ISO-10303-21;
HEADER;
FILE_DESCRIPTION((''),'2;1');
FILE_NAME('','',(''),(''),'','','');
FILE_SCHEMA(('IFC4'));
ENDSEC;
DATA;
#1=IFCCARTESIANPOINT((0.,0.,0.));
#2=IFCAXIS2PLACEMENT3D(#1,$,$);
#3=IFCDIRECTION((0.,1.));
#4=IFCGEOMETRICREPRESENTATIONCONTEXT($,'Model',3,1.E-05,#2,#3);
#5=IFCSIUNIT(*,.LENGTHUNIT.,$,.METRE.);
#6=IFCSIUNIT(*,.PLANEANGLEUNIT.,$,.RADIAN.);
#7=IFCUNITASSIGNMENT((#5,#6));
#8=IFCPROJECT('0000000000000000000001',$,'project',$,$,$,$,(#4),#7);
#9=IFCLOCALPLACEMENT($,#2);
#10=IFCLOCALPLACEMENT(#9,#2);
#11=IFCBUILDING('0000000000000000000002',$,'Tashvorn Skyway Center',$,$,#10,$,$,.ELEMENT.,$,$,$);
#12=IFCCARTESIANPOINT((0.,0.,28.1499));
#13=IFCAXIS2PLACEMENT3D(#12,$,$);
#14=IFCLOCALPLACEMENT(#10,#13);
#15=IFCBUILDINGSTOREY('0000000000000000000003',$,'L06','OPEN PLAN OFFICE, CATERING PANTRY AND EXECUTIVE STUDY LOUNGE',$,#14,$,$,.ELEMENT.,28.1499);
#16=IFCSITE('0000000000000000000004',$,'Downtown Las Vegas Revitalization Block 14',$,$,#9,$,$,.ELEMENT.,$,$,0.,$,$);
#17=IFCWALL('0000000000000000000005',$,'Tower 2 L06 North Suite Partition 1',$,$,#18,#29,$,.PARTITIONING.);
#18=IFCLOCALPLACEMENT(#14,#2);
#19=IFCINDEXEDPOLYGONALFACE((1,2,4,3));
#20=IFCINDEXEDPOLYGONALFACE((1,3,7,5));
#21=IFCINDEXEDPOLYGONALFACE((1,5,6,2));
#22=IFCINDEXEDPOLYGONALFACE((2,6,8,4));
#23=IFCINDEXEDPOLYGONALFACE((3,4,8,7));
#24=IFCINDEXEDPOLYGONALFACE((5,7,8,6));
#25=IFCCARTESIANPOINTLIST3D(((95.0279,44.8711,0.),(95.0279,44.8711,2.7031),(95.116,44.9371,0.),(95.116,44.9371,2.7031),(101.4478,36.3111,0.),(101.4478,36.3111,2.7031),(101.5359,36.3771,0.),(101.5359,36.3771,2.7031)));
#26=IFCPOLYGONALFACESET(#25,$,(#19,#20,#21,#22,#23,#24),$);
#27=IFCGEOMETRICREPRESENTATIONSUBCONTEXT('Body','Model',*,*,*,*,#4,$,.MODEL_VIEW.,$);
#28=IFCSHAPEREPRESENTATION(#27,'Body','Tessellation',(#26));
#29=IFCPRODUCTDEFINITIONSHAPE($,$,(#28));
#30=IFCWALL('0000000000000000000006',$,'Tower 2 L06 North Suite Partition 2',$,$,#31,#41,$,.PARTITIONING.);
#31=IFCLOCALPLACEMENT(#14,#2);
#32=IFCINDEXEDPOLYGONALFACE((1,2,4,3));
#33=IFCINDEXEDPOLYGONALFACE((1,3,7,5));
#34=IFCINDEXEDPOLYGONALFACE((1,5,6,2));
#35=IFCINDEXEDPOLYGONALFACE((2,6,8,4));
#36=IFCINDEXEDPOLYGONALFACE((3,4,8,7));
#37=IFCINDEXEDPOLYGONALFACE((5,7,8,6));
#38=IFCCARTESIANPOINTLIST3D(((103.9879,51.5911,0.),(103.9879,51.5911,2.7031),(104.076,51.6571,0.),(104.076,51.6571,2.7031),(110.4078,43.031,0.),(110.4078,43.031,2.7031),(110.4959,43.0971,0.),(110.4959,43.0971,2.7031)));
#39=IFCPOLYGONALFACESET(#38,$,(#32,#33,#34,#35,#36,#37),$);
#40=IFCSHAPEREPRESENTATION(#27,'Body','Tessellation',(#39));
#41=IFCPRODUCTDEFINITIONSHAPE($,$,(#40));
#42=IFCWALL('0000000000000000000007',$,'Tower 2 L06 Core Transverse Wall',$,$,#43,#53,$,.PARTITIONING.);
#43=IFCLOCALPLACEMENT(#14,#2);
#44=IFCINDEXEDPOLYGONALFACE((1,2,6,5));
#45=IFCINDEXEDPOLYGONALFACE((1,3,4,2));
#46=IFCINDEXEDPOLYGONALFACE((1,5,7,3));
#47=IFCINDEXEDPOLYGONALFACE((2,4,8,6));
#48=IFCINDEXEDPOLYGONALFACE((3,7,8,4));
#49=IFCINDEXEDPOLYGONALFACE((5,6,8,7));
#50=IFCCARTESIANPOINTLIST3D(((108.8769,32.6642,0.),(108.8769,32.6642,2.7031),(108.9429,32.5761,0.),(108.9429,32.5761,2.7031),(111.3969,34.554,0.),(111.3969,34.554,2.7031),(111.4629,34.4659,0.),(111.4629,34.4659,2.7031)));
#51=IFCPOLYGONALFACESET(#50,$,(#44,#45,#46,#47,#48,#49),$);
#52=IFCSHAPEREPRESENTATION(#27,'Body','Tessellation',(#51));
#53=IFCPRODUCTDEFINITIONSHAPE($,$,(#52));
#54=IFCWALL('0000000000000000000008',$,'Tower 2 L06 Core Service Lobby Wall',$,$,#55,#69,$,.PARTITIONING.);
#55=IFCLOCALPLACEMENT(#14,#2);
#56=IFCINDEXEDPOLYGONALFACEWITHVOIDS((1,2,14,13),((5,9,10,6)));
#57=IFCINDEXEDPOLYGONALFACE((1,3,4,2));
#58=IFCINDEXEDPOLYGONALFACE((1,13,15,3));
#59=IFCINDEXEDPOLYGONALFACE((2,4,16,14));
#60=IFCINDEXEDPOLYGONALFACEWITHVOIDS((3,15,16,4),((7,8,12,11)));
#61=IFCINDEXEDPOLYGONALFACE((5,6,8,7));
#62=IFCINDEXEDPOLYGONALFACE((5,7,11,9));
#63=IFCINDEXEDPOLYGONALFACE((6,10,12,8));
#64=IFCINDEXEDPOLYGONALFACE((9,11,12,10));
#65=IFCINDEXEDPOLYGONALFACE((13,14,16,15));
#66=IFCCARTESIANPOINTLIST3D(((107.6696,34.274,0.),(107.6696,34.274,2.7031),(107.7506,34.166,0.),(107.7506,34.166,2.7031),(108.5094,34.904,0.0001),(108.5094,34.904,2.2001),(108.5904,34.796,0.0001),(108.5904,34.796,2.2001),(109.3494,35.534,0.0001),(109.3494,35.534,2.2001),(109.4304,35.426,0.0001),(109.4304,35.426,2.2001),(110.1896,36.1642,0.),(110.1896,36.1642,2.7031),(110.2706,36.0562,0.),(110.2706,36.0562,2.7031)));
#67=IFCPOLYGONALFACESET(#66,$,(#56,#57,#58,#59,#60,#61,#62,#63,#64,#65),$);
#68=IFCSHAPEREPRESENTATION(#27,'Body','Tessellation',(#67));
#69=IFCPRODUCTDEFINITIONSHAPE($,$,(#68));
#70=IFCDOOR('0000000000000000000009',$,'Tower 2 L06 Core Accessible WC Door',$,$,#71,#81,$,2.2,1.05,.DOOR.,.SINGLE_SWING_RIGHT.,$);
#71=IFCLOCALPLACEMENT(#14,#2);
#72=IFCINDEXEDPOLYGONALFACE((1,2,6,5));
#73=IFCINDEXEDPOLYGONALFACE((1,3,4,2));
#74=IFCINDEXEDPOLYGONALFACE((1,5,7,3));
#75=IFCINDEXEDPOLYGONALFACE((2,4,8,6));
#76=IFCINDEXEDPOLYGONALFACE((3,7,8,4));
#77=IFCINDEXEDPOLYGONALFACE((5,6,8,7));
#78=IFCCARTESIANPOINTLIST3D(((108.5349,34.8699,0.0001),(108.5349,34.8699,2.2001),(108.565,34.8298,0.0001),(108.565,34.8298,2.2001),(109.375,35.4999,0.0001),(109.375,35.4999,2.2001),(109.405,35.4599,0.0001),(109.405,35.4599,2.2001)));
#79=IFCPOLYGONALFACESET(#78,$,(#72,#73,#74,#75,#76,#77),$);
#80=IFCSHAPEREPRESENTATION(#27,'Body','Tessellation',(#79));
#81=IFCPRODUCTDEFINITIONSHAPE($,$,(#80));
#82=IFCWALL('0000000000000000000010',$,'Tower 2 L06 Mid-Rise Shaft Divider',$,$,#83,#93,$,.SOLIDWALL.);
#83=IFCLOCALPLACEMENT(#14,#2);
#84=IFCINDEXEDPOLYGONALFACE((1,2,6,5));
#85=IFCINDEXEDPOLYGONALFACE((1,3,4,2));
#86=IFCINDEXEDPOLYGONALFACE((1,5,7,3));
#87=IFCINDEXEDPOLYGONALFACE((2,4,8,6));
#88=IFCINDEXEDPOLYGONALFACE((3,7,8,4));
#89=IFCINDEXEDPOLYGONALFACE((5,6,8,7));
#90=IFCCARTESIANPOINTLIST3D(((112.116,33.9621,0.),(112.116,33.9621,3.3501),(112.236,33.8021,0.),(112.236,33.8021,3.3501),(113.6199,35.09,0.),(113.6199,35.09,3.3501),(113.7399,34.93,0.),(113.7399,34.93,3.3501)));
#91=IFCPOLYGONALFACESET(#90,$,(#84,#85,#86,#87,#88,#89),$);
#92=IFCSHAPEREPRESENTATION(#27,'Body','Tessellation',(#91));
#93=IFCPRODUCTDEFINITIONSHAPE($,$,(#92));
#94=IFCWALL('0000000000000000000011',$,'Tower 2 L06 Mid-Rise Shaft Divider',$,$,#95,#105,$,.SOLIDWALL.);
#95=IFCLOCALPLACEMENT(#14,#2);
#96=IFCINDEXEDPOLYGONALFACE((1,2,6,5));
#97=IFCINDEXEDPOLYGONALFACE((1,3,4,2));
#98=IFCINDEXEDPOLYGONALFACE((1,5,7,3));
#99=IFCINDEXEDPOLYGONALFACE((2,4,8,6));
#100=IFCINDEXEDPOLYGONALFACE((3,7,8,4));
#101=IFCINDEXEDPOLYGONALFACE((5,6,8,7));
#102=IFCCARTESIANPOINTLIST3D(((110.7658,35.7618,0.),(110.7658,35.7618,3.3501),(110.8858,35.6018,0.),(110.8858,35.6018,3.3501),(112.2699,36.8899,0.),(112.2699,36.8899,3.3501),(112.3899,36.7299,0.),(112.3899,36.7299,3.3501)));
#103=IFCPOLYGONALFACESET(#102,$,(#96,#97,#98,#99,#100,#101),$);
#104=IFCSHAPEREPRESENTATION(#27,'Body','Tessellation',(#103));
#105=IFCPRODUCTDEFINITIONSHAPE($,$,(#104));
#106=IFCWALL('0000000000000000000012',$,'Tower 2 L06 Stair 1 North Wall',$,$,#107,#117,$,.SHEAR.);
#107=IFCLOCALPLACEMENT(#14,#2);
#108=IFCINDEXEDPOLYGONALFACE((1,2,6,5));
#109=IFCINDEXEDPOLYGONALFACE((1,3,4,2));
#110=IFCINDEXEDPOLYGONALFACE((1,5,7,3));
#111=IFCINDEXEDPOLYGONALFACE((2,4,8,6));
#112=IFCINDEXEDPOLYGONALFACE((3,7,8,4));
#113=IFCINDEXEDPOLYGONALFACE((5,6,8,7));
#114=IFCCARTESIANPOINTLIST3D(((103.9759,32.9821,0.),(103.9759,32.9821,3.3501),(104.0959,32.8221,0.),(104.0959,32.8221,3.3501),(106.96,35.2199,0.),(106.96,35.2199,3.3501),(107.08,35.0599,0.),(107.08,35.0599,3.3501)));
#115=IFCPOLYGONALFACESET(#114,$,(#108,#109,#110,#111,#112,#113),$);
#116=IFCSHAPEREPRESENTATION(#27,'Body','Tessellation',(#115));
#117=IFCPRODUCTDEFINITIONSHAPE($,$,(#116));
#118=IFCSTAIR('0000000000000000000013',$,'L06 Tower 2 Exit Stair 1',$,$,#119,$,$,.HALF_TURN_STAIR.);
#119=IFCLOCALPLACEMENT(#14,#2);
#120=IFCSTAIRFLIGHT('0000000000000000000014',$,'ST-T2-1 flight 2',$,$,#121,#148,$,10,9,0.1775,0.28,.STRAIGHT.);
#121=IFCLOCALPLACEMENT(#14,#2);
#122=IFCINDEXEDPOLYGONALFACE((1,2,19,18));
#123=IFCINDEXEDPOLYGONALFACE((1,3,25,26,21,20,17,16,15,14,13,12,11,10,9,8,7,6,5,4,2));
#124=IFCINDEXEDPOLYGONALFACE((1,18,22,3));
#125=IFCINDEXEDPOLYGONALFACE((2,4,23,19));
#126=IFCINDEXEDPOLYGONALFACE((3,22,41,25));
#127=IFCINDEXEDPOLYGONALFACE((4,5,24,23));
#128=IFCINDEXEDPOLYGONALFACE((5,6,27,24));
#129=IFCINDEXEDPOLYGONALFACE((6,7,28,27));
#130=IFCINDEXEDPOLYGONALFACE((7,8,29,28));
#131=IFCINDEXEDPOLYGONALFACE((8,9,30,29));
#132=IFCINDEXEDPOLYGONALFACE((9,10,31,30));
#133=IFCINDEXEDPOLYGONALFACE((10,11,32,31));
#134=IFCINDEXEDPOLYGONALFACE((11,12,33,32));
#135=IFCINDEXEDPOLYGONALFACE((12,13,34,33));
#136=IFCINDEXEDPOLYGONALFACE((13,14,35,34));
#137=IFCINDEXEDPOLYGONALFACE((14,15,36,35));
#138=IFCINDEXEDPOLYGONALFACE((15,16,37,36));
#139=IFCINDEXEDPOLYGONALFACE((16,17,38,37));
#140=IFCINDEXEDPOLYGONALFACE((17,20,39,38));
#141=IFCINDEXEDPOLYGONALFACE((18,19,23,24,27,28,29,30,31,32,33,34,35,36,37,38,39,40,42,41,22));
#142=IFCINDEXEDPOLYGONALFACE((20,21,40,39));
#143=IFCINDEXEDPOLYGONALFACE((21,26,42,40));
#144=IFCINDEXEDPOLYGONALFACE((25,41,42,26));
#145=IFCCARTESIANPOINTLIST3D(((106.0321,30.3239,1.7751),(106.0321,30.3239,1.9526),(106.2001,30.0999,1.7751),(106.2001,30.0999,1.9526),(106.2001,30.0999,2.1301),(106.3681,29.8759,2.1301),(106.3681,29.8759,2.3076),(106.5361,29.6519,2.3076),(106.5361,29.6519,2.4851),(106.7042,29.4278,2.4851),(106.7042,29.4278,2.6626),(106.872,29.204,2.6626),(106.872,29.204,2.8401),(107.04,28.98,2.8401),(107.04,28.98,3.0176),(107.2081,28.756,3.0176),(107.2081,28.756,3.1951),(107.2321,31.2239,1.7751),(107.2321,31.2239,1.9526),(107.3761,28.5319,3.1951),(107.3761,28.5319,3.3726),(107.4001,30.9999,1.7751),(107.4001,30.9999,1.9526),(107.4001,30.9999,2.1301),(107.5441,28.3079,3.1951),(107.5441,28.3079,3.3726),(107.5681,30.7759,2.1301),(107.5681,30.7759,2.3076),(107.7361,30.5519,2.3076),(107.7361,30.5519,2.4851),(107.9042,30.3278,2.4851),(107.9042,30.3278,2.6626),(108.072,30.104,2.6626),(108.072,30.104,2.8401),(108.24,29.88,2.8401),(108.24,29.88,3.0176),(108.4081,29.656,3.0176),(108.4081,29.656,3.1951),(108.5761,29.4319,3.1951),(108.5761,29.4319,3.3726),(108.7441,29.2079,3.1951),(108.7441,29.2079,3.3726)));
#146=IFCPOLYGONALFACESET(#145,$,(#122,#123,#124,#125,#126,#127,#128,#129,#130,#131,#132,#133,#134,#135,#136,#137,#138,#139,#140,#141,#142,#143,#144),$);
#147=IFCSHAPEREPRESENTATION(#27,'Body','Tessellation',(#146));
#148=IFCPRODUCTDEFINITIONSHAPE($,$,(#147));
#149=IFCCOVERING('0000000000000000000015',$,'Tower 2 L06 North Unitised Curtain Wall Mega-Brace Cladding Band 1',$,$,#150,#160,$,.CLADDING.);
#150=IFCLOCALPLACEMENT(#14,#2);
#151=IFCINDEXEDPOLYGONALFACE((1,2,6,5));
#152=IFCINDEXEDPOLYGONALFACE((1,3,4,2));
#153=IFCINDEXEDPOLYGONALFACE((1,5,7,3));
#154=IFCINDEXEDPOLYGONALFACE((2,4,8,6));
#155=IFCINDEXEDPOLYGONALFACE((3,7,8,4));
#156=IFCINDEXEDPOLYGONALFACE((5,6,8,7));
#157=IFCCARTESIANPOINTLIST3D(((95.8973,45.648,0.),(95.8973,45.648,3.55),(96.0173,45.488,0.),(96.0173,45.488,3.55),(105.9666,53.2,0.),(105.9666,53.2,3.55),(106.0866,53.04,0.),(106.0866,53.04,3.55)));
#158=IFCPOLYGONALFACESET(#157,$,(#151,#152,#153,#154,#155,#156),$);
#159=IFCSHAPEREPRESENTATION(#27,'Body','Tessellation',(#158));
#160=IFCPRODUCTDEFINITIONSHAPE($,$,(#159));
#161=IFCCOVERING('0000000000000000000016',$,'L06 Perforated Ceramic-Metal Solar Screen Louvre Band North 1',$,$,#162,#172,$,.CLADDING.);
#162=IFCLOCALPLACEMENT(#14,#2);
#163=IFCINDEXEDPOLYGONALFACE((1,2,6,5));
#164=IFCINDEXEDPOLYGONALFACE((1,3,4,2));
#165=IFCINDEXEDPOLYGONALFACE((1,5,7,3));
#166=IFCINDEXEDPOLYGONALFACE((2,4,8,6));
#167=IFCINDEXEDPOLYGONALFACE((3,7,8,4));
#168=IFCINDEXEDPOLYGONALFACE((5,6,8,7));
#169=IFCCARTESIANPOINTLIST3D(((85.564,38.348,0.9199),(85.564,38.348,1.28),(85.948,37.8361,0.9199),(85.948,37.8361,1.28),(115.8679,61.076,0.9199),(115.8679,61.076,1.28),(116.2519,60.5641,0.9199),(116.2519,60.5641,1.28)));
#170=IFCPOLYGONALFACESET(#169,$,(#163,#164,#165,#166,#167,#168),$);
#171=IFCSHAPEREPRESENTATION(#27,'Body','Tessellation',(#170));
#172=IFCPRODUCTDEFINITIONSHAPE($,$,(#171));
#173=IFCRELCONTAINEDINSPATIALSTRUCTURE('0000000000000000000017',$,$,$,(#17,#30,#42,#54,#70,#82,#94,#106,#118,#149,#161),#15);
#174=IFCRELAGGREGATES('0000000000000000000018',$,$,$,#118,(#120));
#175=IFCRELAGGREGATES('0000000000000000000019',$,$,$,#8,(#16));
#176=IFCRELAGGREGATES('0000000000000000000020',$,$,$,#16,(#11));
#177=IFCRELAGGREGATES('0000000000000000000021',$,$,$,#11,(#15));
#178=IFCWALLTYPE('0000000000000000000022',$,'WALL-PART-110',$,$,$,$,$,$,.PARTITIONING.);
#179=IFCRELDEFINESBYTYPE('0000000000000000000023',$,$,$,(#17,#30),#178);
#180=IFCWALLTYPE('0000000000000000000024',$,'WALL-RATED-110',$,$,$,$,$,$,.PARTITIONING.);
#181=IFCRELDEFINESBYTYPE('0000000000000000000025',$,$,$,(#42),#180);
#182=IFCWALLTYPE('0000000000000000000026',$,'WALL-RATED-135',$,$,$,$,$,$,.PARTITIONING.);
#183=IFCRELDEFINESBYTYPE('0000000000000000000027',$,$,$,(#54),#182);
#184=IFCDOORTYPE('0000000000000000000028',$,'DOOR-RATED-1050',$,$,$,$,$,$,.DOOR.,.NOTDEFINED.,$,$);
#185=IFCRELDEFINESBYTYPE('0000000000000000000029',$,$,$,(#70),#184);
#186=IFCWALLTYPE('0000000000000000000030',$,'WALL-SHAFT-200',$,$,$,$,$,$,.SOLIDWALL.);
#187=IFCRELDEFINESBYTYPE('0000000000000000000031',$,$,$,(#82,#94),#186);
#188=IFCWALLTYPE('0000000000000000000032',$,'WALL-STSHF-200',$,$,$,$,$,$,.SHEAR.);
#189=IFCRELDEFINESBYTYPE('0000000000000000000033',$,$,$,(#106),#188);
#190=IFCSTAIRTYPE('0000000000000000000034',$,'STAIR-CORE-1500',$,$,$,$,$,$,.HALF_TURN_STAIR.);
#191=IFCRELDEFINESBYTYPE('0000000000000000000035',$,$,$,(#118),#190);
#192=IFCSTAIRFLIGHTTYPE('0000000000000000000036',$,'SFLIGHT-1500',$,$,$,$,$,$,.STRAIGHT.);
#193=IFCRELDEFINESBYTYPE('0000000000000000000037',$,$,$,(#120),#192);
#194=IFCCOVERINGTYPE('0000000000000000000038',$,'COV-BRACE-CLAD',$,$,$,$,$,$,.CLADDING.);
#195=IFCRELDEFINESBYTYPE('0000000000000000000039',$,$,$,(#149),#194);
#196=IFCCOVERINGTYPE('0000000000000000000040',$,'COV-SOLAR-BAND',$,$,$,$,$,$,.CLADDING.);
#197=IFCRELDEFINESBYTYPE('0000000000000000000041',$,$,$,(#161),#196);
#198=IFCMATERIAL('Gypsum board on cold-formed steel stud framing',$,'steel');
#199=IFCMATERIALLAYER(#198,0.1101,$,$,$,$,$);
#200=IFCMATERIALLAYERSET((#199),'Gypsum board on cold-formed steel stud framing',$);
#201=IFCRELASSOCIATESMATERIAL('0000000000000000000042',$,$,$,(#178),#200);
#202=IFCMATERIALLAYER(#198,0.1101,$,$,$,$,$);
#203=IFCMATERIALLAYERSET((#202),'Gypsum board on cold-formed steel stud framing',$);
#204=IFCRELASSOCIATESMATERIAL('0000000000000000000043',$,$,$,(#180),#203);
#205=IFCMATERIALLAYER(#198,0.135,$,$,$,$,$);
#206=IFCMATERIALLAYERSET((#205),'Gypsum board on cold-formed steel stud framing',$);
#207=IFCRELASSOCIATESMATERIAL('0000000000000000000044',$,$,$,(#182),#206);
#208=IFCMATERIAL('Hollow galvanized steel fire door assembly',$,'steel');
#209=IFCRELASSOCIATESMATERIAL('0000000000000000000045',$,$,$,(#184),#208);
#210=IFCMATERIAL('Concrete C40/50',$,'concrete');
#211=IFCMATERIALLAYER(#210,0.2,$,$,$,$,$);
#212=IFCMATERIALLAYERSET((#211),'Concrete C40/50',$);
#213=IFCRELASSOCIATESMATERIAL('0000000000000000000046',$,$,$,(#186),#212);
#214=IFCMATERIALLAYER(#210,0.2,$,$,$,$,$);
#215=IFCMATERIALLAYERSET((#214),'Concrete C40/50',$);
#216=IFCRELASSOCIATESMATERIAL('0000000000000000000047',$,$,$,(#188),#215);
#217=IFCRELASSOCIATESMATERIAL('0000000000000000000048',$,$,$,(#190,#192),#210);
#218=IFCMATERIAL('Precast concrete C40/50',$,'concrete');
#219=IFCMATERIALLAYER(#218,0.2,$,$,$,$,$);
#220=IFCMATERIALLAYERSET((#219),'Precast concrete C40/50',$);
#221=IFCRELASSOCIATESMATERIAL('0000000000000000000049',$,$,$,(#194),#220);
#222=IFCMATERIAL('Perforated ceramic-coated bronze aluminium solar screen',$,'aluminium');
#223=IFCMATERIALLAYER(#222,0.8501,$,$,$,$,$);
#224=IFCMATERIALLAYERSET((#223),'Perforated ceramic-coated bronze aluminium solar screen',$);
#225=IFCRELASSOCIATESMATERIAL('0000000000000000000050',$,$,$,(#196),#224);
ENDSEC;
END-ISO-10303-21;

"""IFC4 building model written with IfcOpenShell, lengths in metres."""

from ifc_helpers import new_model, si_unit, direction, frame, frame_2d, origin, origin_2d, place, context, subcontext, project, spatial, polyline, rectangle, outline, extrude, material, layer, layer_set, type_object, element, fill, aggregate, save


model = new_model("IFC4")

# Units and contexts
model_context = context("Model", 3, precision=1e-05, world=origin(), true_north=direction((0.0, 1.0)))
body_context = subcontext(model_context, "Body", "Model", "MODEL_VIEW")
ifc_project = project(units=[si_unit("LENGTHUNIT", "METRE"), si_unit("PLANEANGLEUNIT", "RADIAN")], contexts=[model_context])

# Site, building, storey
site_placement = place(None, origin())
site = spatial("IfcSite", under=ifc_project, at=site_placement, Name="Downtown Las Vegas Revitalization Block 14", CompositionType="ELEMENT", RefElevation=0.0)
building_placement = place(site_placement, origin())
building = spatial("IfcBuilding", under=site, at=building_placement, Name="Tashvorn Skyway Center", CompositionType="ELEMENT")
storey_placement = place(building_placement, frame((0.0, 0.0, 28.1499)))
storey = spatial("IfcBuildingStorey", under=building, at=storey_placement, Name="L06", Description="OPEN PLAN OFFICE, CATERING PANTRY AND EXECUTIVE STUDY LOUNGE", CompositionType="ELEMENT", Elevation=28.1499)

# Shared definitions
ifc_material_1 = material(Name="Hollow galvanized steel fire door assembly", Category="steel")

# Shared definitions
ifc_material_2 = material(Name="Concrete C40/50", Category="concrete")

# Walls
ifc_material_3 = material(Name="Gypsum board on cold-formed steel stud framing", Category="steel")
ifc_layer_1 = layer(ifc_material_3, 0.1101)
ifc_layer_set_1 = layer_set([ifc_layer_1], Name="Gypsum board on cold-formed steel stud framing")
wall_type_1 = type_object("IfcWallType", Name="WALL-PART-110", PredefinedType="PARTITIONING", material=ifc_layer_set_1)
for number, where, z_axis, x_axis, name in (
    (1, (101.4919, 36.344, 0.0), (0.0, 0.0, 1.0), (-0.599993, 0.800005, 0.0), "Tower 2 L06 North Suite Partition 1"),
    (2, (110.4519, 43.064, 0.0), (0.0, 0.0, 1.0), (-0.599993, 0.800005, 0.0), "Tower 2 L06 North Suite Partition 2"),
):
    element("IfcWall", number, at=place(storey_placement, frame(where, z_axis=z_axis, x_axis=x_axis)), inside=storey, type_object=wall_type_1, Name=name, PredefinedType="PARTITIONING", context=body_context, shape_type="SweptSolid", body=[
        extrude(rectangle(XDim=10.7, YDim=0.1101, at=frame_2d((5.3501, 0.0))), origin(), (0.0, 0.0, 1.0), 2.7031),
    ])
ifc_layer_2 = layer(ifc_material_3, 0.1101)
ifc_layer_set_2 = layer_set([ifc_layer_2], Name="Gypsum board on cold-formed steel stud framing")
wall_type_2 = type_object("IfcWallType", Name="WALL-RATED-110", PredefinedType="PARTITIONING", material=ifc_layer_set_2)
wall_1_placement = place(storey_placement, frame((108.9099, 32.6201, 0.0), z_axis=(0.0, 0.0, 1.0), x_axis=(0.800019, 0.599975, 0.0)))
element("IfcWall", 3, at=wall_1_placement, inside=storey, type_object=wall_type_2, Name="Tower 2 L06 Core Transverse Wall", PredefinedType="PARTITIONING", context=body_context, shape_type="SweptSolid", body=[
    extrude(rectangle(XDim=3.1499, YDim=0.1101, at=frame_2d((1.575, 0.0))), origin(), (0.0, 0.0, 1.0), 2.7031),
])

# Wall, opening, door
ifc_layer_3 = layer(ifc_material_3, 0.135)
ifc_layer_set_3 = layer_set([ifc_layer_3], Name="Gypsum board on cold-formed steel stud framing")
wall_type_3 = type_object("IfcWallType", Name="WALL-RATED-135", PredefinedType="PARTITIONING", material=ifc_layer_set_3)
wall_2_placement = place(storey_placement, frame((107.71, 34.22, 0.0), z_axis=(0.0, 0.0, 1.0), x_axis=(0.799981, 0.600025, 0.0)))
wall_2 = element("IfcWall", 4, at=wall_2_placement, inside=storey, type_object=wall_type_3, Name="Tower 2 L06 Core Service Lobby Wall", PredefinedType="PARTITIONING", context=body_context, shape_type="SweptSolid", body=[
    extrude(rectangle(XDim=3.1501, YDim=0.135, at=frame_2d((1.5752, 0.0))), origin(), (0.0, 0.0, 1.0), 2.7031),
])
opening_1_placement = place(wall_2_placement, frame((1.05, 0.0, 0.0)))
opening_1 = element("IfcOpeningElement", 5, at=opening_1_placement, cuts=wall_2, PredefinedType="OPENING", context=body_context, shape_type="SweptSolid", body=[
    extrude(rectangle(XDim=1.05, YDim=2.2, at=frame_2d((0.5249, 1.1001))), frame((0.0, 0.0774, 0.0), z_axis=(0.0, -1.0, 0.0), x_axis=(1.0, 0.0, 0.0)), (0.0, 0.0, 1.0), 0.155),
])
door_type_1 = type_object("IfcDoorType", Name="DOOR-RATED-1050", OperationType="NOTDEFINED", PredefinedType="DOOR", material=ifc_material_1)
door_1_placement = place(opening_1_placement, origin())
door_1 = element("IfcDoor", 6, at=door_1_placement, inside=storey, type_object=door_type_1, Name="Tower 2 L06 Core Accessible WC Door", OperationType="SINGLE_SWING_RIGHT", OverallHeight=2.2, OverallWidth=1.05, PredefinedType="DOOR", context=body_context, shape_type="SweptSolid", body=[
    extrude(rectangle(XDim=1.05, YDim=2.2, at=frame_2d((0.5249, 1.1001))), frame((0.0, 0.0249, 0.0), z_axis=(0.0, -1.0, 0.0), x_axis=(1.0, 0.0, 0.0)), (0.0, 0.0, 1.0), 0.05),
])
fill(opening_1, door_1)

# Walls
ifc_layer_4 = layer(ifc_material_2, 0.2)
ifc_layer_set_4 = layer_set([ifc_layer_4], Name="Concrete C40/50")
wall_type_4 = type_object("IfcWallType", Name="WALL-SHAFT-200", PredefinedType="SOLIDWALL", material=ifc_layer_set_4)
wall_3_placement = place(storey_placement, frame((112.176, 33.8821, 0.0), z_axis=(0.0, 0.0, 1.0), x_axis=(0.8, 0.6, 0.0)))
element("IfcWall", 7, at=wall_3_placement, inside=storey, type_object=wall_type_4, Name="Tower 2 L06 Mid-Rise Shaft Divider", PredefinedType="SOLIDWALL", context=body_context, shape_type="SweptSolid", body=[
    extrude(rectangle(XDim=1.8799, YDim=0.2, at=frame_2d((0.9399, 0.0))), origin(), (0.0, 0.0, 1.0), 3.3501),
])
wall_4_placement = place(storey_placement, frame((110.8259, 35.6819, 0.0), z_axis=(0.0, 0.0, 1.0), x_axis=(0.799984, 0.600021, 0.0)))
element("IfcWall", 8, at=wall_4_placement, inside=storey, type_object=wall_type_4, Name="Tower 2 L06 Mid-Rise Shaft Divider", PredefinedType="SOLIDWALL", context=body_context, shape_type="SweptSolid", body=[
    extrude(rectangle(XDim=1.8801, YDim=0.2, at=frame_2d((0.9399, 0.0))), origin(), (0.0, 0.0, 1.0), 3.3501),
])
ifc_layer_5 = layer(ifc_material_2, 0.2)
ifc_layer_set_5 = layer_set([ifc_layer_5], Name="Concrete C40/50")
wall_type_5 = type_object("IfcWallType", Name="WALL-STSHF-200", PredefinedType="SHEAR", material=ifc_layer_set_5)
wall_5_placement = place(storey_placement, frame((104.0359, 32.9021, 0.0), z_axis=(0.0, 0.0, 1.0), x_axis=(0.800039, 0.599948, 0.0)))
element("IfcWall", 9, at=wall_5_placement, inside=storey, type_object=wall_type_5, Name="Tower 2 L06 Stair 1 North Wall", PredefinedType="SHEAR", context=body_context, shape_type="SweptSolid", body=[
    extrude(rectangle(XDim=3.73, YDim=0.2, at=frame_2d((1.865, 0.0))), origin(), (0.0, 0.0, 1.0), 3.3501),
])

# Stair, stair flight
stair_type = type_object("IfcStairType", Name="STAIR-CORE-1500", PredefinedType="HALF_TURN_STAIR", material=ifc_material_2)
stair_placement = place(storey_placement, origin())
stair = element("IfcStair", 10, at=stair_placement, inside=storey, type_object=stair_type, Name="L06 Tower 2 Exit Stair 1", PredefinedType="HALF_TURN_STAIR")
stair_flight_type = type_object("IfcStairFlightType", Name="SFLIGHT-1500", PredefinedType="STRAIGHT", material=ifc_material_2)
stair_flight_placement = place(storey_placement, frame((106.6321, 30.7739, 1.7751), z_axis=(0.0, 0.0, 1.0), x_axis=(0.6, -0.8, 0.0)))
stair_flight = element("IfcStairFlight", 11, at=stair_flight_placement, type_object=stair_flight_type, Name="ST-T2-1 flight 2", NumberOfRisers=10, NumberOfTreads=9, PredefinedType="STRAIGHT", RiserHeight=0.1775, TreadLength=0.28, context=body_context, shape_type="SweptSolid", body=[
    extrude(outline(polyline([(0.0, 0.0), (0.0, 0.1775), (0.28, 0.1775), (0.28, 0.355), (0.5601, 0.355), (0.5601, 0.5325), (0.8401, 0.5325), (0.8401, 0.71), (1.1201, 0.71), (1.1201, 0.8875), (1.3999, 0.8875), (1.3999, 1.0649), (1.6799, 1.0649), (1.6799, 1.2424), (1.96, 1.2424), (1.96, 1.4199), (2.24, 1.4199), (2.24, 1.5974), (2.52, 1.5974), (2.52, 1.7749), (2.52, 1.4199), (0.28, 0.0), (0.0, 0.0)])), frame((0.0, 0.75, 0.0), z_axis=(0.0, -1.0, 0.0), x_axis=(1.0, 0.0, 0.0)), (0.0, 0.0, 1.0), 1.5),
])
aggregate(stair, [stair_flight])

# Coverings
ifc_material_4 = material(Name="Precast concrete C40/50", Category="concrete")
ifc_layer_6 = layer(ifc_material_4, 0.2)
ifc_layer_set_6 = layer_set([ifc_layer_6], Name="Precast concrete C40/50")
covering_type_1 = type_object("IfcCoveringType", Name="COV-BRACE-CLAD", PredefinedType="CLADDING", material=ifc_layer_set_6)
covering_placement = place(storey_placement, frame((100.9919, 49.344, 0.0), z_axis=(0.0, 0.0, 1.0), x_axis=(0.8, 0.6, 0.0)))
element("IfcCovering", 12, at=covering_placement, inside=storey, type_object=covering_type_1, Name="Tower 2 L06 North Unitised Curtain Wall Mega-Brace Cladding Band 1", PredefinedType="CLADDING", context=body_context, shape_type="SweptSolid", body=[
    extrude(rectangle(XDim=12.5867, YDim=0.2, at=origin_2d()), origin(), (0.0, 0.0, 1.0), 3.55),
])
ifc_material_5 = material(Name="Perforated ceramic-coated bronze aluminium solar screen", Category="aluminium")
ifc_layer_7 = layer(ifc_material_5, 0.8501)
ifc_layer_set_7 = layer_set([ifc_layer_7], Name="Perforated ceramic-coated bronze aluminium solar screen")
covering_type_2 = type_object("IfcCoveringType", Name="COV-SOLAR-BAND", PredefinedType="CLADDING", material=ifc_layer_set_7)
for number, where, z_axis, x_axis, name in (
    (13, (100.908, 49.4561, 0.9199), (0.0, 0.0, 1.0), (0.8, 0.6, 0.0), "L06 Perforated Ceramic-Metal Solar Screen Louvre Band North 1"),
):
    element("IfcCovering", number, at=place(storey_placement, frame(where, z_axis=z_axis, x_axis=x_axis)), inside=storey, type_object=covering_type_2, Name=name, PredefinedType="CLADDING", context=body_context, shape_type="SweptSolid", body=[
        extrude(rectangle(XDim=37.8799, YDim=0.6399, at=origin_2d()), origin(), (0.0, 0.0, 1.0), 0.3601),
    ])

save(model, "model.ifc")
